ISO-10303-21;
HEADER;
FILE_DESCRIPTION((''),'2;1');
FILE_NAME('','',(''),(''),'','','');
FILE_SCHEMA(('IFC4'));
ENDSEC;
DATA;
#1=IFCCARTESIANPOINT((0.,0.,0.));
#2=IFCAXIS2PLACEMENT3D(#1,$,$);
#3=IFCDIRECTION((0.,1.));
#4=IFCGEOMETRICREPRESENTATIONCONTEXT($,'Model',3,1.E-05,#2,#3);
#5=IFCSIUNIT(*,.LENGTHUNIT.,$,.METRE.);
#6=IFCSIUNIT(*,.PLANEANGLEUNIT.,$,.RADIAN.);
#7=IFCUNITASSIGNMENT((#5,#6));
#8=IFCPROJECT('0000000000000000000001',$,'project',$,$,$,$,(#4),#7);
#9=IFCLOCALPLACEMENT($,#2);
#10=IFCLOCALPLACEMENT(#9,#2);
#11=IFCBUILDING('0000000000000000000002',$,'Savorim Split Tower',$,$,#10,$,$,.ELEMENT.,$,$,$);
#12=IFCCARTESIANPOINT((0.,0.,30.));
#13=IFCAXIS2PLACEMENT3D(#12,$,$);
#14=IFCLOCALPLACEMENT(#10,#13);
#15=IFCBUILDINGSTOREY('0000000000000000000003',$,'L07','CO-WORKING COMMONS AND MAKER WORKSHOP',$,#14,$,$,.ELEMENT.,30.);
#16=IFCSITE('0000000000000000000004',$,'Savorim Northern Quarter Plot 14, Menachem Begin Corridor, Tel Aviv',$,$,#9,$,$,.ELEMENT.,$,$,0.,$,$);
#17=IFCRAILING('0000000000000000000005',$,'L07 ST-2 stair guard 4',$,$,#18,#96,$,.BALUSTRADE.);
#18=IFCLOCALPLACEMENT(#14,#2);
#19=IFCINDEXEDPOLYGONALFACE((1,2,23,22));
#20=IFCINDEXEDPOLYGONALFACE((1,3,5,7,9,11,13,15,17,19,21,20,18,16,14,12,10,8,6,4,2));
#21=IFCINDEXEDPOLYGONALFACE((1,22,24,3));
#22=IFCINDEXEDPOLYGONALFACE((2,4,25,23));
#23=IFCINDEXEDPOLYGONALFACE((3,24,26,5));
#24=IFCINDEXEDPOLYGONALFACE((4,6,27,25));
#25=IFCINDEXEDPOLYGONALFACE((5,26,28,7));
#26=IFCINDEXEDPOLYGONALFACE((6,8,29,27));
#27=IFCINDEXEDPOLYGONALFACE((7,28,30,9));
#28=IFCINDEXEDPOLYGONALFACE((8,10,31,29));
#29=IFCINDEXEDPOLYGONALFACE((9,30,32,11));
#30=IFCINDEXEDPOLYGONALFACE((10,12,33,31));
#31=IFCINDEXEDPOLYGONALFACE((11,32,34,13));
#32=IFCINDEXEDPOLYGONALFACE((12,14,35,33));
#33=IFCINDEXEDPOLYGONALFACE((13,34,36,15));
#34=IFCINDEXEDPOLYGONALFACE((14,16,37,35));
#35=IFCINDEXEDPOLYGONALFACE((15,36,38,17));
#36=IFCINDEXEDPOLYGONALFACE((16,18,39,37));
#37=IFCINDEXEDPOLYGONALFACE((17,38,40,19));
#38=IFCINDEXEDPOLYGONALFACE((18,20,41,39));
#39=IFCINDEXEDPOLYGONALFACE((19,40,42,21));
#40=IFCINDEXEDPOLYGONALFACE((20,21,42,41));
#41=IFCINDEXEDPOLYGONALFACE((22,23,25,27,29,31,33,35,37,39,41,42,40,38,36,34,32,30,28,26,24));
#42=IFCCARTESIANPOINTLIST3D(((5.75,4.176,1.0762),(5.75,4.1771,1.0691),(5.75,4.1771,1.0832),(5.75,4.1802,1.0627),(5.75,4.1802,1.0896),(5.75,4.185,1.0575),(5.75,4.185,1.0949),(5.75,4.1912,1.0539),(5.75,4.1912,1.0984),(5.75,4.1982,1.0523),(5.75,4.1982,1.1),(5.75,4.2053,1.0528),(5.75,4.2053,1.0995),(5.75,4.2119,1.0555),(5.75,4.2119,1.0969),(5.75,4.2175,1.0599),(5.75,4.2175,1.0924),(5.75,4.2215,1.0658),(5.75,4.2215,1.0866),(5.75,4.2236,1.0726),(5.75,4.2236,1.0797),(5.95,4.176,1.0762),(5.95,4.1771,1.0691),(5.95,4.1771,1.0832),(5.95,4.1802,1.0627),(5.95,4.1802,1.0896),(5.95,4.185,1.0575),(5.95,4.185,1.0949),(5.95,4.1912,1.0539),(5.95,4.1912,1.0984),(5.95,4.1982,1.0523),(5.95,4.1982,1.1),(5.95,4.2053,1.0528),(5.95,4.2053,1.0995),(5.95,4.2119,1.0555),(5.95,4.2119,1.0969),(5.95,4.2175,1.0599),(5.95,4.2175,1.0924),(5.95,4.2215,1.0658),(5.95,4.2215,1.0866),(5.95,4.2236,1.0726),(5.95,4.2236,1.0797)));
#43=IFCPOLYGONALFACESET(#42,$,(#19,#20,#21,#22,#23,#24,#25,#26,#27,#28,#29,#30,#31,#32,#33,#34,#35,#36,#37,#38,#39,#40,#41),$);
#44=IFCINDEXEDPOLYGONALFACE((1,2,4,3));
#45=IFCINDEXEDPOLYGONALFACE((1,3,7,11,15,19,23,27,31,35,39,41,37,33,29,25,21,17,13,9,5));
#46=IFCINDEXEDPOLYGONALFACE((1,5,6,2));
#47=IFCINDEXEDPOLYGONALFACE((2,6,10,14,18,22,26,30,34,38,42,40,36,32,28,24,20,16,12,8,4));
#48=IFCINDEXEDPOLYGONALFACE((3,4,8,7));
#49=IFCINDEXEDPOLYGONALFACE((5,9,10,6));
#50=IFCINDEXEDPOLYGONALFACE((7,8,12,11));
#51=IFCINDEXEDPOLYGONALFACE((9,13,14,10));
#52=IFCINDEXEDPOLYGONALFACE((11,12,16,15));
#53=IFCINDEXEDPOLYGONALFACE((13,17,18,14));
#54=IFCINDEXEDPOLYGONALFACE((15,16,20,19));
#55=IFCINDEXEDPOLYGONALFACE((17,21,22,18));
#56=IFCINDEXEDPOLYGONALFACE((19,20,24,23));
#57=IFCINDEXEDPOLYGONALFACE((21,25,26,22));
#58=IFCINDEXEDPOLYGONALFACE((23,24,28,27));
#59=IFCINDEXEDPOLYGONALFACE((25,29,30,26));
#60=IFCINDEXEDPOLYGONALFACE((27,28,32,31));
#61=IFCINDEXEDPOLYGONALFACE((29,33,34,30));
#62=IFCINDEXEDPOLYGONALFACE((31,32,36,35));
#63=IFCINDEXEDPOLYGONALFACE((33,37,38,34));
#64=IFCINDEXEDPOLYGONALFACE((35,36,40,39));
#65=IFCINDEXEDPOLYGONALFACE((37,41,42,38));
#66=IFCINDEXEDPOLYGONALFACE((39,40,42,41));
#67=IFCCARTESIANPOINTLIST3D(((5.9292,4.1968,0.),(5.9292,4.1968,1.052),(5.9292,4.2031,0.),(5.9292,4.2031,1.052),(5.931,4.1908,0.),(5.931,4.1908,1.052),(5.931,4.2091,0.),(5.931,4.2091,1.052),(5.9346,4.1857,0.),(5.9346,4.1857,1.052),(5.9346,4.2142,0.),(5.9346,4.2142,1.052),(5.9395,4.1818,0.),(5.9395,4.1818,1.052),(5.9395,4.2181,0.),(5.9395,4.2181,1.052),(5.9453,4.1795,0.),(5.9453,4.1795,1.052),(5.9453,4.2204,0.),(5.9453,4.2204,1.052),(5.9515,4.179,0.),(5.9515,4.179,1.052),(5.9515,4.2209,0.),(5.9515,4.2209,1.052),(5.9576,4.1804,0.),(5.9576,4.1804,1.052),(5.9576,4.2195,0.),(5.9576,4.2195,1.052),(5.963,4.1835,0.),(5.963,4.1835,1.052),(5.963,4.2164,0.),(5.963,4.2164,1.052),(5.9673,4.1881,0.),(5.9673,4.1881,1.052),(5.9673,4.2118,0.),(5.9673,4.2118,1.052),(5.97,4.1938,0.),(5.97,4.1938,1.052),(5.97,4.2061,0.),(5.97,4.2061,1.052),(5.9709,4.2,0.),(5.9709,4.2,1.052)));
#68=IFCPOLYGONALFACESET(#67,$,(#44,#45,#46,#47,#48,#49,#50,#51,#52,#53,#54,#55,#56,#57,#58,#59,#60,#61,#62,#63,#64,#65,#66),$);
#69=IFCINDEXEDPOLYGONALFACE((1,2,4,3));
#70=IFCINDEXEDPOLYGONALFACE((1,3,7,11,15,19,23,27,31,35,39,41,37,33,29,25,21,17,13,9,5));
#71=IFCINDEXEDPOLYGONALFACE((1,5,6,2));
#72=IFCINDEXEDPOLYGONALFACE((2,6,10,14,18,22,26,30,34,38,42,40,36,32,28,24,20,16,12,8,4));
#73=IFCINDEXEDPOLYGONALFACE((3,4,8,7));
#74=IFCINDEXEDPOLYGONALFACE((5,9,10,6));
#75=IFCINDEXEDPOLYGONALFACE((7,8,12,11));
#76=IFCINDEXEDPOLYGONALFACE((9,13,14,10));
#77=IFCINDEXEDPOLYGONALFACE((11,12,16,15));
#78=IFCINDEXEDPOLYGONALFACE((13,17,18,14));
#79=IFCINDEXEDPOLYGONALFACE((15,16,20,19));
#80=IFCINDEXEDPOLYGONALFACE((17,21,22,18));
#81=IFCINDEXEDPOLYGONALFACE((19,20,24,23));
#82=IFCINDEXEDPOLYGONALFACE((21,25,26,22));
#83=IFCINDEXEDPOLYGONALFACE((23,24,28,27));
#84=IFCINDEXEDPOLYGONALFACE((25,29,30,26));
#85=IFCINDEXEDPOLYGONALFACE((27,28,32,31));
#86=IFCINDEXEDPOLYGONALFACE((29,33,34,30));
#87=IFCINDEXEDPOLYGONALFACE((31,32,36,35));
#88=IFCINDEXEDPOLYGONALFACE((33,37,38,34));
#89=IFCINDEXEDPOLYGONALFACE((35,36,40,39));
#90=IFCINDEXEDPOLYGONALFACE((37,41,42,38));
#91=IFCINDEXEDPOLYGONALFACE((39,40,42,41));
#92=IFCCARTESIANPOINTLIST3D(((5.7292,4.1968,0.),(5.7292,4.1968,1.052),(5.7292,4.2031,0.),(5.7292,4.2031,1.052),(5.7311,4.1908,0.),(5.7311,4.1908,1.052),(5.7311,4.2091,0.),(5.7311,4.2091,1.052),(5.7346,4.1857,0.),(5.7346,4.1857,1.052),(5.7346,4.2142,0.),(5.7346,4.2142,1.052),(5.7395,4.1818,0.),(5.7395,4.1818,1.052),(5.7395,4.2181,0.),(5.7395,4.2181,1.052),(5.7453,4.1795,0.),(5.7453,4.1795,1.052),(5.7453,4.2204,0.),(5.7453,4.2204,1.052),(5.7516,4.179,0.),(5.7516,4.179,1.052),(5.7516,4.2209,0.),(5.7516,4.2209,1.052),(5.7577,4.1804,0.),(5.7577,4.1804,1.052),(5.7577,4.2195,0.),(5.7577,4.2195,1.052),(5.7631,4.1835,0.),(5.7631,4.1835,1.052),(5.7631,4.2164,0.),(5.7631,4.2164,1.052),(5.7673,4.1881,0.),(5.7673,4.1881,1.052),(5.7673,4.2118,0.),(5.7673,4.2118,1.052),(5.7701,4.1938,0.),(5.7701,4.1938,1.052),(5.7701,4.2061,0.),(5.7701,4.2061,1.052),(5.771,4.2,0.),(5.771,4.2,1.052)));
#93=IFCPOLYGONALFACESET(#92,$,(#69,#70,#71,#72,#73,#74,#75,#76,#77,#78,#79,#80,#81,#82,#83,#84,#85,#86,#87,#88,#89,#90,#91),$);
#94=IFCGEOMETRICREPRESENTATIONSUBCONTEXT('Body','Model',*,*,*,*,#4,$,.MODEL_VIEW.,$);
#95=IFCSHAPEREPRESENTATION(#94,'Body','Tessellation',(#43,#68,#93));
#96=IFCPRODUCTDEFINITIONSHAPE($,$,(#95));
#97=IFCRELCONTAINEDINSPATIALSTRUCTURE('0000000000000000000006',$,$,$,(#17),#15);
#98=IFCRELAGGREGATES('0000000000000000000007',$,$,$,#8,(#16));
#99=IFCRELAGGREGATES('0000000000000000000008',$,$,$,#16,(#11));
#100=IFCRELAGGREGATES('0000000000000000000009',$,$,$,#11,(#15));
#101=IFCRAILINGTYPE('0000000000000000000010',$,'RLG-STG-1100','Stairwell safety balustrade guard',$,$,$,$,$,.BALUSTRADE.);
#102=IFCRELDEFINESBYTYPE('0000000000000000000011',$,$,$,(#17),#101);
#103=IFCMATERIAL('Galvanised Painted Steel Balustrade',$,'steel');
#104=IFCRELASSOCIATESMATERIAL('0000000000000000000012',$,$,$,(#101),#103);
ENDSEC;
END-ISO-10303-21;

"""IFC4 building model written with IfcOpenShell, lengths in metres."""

from ifc_helpers import new_model, si_unit, direction, frame, origin, origin_2d, place, context, subcontext, project, spatial, circle, extrude, material, type_object, element, save


model = new_model("IFC4")

# Units and contexts
model_context = context("Model", 3, precision=1e-05, world=origin(), true_north=direction((0.0, 1.0)))
body_context = subcontext(model_context, "Body", "Model", "MODEL_VIEW")
ifc_project = project(units=[si_unit("LENGTHUNIT", "METRE"), si_unit("PLANEANGLEUNIT", "RADIAN")], contexts=[model_context])

# Site, building, storey
site_placement = place(None, origin())
site = spatial("IfcSite", under=ifc_project, at=site_placement, Name="Savorim Northern Quarter Plot 14, Menachem Begin Corridor, Tel Aviv", CompositionType="ELEMENT", RefElevation=0.0)
building_placement = place(site_placement, origin())
building = spatial("IfcBuilding", under=site, at=building_placement, Name="Savorim Split Tower", CompositionType="ELEMENT")
storey_placement = place(building_placement, frame((0.0, 0.0, 30.0)))
storey = spatial("IfcBuildingStorey", under=building, at=storey_placement, Name="L07", Description="CO-WORKING COMMONS AND MAKER WORKSHOP", CompositionType="ELEMENT", Elevation=30.0)

# Railing
ifc_material_1 = material(Name="Galvanised Painted Steel Balustrade", Category="steel")
railing_type_1 = type_object("IfcRailingType", Name="RLG-STG-1100", Description="Stairwell safety balustrade guard", PredefinedType="BALUSTRADE", material=ifc_material_1)
railing_1_placement = place(storey_placement, frame((5.95, 4.2, 0.0)))
element("IfcRailing", 1, at=railing_1_placement, inside=storey, type_object=railing_type_1, Name="L07 ST-2 stair guard 4", PredefinedType="BALUSTRADE", context=body_context, shape_type="SweptSolid", body=[
    extrude(circle(Radius=0.0239, at=origin_2d()), frame((0.0, 0.0, 1.0762), z_axis=(-1.0, 0.0, 0.0), x_axis=(0.0, -1.0, 0.0)), (0.0, 0.0, 1.0), 0.2),
    extrude(circle(Radius=0.021, at=origin_2d()), origin(), (0.0, 0.0, 1.0), 1.052),
    extrude(circle(Radius=0.021, at=origin_2d()), frame((-0.2, 0.0, 0.0)), (0.0, 0.0, 1.0), 1.052),
])

save(model, "model.ifc")
